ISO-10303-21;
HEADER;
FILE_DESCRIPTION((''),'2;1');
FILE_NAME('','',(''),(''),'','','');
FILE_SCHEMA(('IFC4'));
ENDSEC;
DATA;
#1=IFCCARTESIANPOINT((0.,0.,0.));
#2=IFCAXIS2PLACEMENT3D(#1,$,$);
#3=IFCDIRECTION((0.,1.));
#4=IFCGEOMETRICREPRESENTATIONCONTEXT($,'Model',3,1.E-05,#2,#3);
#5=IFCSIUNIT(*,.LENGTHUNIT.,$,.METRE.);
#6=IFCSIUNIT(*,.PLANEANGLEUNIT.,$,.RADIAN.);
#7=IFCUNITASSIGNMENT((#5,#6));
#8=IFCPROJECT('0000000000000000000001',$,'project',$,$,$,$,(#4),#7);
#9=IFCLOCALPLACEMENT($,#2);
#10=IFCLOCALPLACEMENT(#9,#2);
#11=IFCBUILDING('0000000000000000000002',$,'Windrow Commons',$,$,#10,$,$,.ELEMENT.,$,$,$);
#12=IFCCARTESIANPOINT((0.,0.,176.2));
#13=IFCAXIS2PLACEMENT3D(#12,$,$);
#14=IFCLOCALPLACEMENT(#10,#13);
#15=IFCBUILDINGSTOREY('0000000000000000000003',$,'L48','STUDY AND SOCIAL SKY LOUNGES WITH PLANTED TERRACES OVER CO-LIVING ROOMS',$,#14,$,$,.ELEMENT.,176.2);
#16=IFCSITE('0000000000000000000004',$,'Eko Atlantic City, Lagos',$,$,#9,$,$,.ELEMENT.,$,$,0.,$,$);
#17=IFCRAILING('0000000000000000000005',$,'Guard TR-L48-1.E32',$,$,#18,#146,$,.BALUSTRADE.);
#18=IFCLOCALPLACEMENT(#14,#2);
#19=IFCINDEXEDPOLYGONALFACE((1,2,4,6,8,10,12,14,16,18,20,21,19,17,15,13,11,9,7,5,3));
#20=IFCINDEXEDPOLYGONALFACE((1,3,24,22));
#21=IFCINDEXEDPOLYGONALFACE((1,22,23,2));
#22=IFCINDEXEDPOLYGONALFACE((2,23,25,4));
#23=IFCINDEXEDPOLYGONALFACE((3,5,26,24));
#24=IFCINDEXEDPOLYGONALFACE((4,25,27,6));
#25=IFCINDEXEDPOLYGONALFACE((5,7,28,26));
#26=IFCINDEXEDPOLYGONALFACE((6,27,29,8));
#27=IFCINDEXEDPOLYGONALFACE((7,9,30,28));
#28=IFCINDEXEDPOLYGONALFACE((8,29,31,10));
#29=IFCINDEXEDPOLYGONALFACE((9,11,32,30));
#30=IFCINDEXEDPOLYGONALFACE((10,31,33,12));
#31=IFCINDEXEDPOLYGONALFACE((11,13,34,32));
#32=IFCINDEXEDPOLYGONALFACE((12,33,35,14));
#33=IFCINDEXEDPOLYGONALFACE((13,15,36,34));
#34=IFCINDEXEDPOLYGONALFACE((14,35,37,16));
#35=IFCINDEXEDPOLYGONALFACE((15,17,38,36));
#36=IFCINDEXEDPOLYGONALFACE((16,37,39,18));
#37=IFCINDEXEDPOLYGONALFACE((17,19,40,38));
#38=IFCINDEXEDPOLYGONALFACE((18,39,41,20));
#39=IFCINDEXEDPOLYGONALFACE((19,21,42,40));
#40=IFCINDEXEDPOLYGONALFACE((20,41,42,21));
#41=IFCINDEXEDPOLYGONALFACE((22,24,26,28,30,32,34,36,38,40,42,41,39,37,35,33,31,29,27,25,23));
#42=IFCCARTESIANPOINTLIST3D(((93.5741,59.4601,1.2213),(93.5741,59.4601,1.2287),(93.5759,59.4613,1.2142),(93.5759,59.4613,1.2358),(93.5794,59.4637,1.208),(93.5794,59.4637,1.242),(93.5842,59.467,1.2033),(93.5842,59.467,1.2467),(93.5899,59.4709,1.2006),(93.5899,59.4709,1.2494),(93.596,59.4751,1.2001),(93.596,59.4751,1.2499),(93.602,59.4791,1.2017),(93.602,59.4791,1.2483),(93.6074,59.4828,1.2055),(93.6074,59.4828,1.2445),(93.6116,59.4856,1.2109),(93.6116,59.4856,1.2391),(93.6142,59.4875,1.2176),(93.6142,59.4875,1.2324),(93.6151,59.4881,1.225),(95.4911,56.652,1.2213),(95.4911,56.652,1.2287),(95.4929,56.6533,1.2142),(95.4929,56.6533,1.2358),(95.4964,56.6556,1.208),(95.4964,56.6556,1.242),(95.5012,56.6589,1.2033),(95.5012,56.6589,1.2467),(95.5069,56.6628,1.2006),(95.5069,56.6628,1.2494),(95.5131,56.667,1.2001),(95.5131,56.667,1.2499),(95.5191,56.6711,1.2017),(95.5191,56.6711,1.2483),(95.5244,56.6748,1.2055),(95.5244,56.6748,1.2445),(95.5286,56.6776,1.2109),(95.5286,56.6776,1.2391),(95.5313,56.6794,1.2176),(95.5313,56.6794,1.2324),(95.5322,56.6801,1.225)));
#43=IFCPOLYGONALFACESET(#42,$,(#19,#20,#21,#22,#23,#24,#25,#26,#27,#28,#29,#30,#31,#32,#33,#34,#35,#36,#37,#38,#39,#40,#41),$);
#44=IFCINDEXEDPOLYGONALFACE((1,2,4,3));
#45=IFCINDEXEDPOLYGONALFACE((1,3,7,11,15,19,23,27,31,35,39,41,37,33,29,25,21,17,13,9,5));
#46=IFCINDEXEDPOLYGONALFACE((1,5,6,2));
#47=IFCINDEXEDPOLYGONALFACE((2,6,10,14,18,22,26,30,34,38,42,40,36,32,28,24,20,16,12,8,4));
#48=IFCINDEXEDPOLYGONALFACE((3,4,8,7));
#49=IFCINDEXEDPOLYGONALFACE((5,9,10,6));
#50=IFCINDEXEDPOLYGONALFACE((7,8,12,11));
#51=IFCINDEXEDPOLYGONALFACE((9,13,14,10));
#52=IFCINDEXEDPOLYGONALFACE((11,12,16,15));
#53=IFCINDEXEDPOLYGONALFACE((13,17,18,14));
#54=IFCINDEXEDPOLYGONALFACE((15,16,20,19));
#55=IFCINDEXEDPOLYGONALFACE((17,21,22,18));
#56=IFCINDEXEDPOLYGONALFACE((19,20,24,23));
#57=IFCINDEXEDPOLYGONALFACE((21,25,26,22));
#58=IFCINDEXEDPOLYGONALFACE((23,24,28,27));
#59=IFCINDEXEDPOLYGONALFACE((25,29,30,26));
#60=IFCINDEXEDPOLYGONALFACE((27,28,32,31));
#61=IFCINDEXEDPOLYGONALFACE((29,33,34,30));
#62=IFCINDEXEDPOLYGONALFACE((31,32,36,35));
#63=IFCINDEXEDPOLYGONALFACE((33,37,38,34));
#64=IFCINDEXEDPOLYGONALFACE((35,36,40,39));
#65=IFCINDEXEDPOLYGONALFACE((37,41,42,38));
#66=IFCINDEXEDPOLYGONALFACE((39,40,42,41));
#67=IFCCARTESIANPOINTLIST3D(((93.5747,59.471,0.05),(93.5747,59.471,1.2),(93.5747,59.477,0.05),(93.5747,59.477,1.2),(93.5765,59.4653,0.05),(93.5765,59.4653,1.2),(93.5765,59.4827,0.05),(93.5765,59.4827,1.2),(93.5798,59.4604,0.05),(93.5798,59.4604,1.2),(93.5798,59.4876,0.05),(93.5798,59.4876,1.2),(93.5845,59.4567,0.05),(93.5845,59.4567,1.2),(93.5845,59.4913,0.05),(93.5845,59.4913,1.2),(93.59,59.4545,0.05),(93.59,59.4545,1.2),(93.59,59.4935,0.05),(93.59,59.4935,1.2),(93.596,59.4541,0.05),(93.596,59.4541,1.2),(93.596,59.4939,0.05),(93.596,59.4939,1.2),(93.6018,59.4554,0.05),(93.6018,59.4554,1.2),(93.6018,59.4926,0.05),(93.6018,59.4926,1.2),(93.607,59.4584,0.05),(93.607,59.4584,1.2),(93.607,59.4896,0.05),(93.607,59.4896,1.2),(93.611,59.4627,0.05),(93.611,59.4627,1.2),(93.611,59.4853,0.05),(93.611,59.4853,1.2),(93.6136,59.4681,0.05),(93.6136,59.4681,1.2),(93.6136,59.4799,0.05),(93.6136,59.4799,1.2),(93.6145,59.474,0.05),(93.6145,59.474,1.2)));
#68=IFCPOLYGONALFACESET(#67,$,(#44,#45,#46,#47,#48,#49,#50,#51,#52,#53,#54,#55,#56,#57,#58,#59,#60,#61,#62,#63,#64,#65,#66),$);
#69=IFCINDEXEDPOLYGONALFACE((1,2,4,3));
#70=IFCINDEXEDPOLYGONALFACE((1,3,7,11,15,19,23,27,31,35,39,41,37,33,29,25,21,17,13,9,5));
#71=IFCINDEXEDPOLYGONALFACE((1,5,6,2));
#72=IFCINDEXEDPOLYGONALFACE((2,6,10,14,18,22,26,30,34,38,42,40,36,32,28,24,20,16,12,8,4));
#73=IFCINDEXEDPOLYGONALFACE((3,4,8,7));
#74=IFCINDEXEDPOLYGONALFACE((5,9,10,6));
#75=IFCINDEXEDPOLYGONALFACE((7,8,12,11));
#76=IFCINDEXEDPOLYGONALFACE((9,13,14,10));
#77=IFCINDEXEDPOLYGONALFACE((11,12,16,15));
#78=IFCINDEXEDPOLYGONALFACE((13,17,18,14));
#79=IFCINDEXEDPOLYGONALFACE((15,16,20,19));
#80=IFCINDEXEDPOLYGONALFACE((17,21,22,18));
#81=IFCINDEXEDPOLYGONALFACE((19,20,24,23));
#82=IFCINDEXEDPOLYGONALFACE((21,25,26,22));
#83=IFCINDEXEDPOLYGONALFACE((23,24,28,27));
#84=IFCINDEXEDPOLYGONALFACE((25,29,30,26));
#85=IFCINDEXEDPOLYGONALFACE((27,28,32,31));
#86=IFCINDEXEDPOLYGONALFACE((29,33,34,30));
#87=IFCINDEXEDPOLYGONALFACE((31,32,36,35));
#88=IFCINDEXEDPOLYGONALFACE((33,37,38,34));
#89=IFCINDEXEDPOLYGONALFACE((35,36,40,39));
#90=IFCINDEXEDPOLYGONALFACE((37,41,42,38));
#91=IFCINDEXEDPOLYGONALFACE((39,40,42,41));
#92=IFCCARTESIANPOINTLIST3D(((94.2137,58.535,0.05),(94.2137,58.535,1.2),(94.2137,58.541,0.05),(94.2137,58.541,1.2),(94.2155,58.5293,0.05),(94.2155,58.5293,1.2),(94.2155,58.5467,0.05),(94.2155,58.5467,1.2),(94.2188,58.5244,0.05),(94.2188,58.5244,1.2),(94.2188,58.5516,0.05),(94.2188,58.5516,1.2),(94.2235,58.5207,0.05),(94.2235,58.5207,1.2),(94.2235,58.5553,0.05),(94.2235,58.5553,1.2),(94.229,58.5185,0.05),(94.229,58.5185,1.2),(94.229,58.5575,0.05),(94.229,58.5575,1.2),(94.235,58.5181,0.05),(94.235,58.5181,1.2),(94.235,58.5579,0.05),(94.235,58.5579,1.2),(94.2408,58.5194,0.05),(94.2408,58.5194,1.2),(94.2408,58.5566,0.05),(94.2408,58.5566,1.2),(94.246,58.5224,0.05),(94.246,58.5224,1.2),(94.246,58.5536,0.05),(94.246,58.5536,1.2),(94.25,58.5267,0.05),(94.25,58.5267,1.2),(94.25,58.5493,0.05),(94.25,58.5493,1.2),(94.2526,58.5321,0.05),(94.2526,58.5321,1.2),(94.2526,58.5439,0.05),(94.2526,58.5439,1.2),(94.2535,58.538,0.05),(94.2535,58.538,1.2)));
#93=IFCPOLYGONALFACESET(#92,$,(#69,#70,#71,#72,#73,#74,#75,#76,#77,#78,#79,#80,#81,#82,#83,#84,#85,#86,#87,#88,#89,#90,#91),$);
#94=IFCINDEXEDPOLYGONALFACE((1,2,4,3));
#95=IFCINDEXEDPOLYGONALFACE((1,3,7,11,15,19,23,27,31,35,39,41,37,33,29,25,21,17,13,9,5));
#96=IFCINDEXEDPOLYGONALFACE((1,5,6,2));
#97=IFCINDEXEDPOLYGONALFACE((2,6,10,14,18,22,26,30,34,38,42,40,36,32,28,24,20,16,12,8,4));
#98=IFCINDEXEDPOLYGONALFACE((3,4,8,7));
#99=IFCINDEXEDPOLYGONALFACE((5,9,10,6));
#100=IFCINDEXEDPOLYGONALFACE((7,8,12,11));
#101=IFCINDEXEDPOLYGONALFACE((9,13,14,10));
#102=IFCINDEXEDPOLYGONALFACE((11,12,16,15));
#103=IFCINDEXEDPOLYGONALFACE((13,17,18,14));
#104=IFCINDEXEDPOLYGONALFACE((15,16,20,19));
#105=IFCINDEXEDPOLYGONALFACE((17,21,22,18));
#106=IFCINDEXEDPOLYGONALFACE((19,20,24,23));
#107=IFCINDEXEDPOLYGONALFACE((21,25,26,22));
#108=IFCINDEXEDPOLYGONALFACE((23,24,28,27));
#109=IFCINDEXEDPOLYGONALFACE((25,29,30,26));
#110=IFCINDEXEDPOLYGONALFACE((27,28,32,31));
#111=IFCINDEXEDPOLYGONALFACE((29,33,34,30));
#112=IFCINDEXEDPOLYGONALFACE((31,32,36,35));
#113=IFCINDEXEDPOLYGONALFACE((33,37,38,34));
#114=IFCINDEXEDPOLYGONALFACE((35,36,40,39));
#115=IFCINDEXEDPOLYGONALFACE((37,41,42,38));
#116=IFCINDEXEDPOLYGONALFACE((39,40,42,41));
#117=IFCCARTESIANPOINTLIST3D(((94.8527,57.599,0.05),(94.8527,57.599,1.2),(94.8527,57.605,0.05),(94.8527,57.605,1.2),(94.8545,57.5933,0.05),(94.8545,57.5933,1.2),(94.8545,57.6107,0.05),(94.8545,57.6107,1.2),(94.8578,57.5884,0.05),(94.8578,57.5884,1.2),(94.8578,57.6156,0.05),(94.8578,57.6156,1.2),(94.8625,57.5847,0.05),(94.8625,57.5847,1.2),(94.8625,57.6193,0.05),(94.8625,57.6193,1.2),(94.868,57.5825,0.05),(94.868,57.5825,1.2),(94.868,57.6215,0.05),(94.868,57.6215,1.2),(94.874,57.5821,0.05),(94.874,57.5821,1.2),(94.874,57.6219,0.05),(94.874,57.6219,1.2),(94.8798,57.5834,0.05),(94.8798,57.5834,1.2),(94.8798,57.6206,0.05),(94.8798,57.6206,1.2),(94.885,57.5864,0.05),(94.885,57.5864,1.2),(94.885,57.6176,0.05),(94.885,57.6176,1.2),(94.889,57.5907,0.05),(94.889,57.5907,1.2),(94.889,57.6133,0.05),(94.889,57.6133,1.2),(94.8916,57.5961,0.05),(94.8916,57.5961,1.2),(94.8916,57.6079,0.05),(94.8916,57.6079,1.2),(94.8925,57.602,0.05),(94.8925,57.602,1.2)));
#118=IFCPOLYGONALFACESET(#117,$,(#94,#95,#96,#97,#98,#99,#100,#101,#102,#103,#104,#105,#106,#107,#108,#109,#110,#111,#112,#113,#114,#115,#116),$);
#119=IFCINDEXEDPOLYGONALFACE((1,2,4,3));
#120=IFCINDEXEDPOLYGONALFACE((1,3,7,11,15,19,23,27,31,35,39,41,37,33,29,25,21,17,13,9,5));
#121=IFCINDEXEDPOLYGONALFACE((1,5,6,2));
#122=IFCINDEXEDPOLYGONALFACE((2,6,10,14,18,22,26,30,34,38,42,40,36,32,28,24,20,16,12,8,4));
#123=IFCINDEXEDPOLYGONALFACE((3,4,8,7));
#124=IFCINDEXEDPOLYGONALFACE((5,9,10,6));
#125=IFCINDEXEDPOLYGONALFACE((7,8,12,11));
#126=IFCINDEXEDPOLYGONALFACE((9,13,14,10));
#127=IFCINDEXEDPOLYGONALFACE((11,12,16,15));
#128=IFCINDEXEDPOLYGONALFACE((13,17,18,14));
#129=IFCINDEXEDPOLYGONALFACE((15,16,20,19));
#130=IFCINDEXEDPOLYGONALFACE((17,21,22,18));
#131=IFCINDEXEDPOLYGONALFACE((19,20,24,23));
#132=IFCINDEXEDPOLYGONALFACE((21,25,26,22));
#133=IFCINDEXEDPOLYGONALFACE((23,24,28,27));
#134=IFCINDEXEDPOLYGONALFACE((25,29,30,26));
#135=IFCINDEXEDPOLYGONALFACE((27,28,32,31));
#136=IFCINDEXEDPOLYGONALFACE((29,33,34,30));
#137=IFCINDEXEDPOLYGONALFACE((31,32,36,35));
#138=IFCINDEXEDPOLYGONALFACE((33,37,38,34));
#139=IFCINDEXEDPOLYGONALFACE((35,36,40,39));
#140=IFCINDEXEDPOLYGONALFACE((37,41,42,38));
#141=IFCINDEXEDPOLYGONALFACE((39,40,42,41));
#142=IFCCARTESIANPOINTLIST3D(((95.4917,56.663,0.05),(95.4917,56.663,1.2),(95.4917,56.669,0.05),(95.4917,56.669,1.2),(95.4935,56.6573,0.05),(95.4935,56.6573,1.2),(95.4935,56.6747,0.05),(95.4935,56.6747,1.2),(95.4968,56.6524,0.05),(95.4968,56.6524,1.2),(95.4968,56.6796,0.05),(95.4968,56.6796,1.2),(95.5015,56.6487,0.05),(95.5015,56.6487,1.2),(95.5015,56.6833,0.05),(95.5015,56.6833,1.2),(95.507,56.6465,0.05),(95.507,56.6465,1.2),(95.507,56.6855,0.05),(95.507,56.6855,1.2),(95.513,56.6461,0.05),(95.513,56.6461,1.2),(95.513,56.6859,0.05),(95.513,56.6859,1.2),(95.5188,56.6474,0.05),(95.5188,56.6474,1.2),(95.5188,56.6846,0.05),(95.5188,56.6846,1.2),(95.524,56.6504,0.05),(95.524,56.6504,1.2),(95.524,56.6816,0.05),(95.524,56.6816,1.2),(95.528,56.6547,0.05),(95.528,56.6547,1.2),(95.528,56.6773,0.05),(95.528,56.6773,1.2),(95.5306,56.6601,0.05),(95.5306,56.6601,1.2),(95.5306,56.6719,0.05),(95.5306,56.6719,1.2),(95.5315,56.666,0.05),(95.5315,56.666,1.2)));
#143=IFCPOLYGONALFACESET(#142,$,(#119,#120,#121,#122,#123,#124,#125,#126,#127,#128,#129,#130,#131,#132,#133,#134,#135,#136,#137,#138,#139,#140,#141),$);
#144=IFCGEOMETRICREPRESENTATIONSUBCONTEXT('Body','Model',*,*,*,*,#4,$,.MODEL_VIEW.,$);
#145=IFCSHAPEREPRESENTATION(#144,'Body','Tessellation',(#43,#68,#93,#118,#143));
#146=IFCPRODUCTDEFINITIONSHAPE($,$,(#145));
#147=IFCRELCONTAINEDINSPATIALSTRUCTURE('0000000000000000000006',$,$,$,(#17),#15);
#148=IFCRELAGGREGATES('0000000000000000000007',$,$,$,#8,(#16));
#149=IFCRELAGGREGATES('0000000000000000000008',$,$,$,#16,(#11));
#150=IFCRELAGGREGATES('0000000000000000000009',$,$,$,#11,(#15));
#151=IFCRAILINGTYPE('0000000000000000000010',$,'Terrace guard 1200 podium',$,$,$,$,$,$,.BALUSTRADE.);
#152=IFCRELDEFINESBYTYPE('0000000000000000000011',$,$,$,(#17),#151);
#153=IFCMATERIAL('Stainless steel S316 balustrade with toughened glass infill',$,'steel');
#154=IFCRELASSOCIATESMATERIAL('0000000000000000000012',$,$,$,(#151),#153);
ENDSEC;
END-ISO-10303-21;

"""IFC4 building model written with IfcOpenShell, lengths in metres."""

from ifc_helpers import new_model, si_unit, direction, frame, origin, origin_2d, place, context, subcontext, project, spatial, circle, extrude, material, type_object, element, save


model = new_model("IFC4")

# Units and contexts
model_context = context("Model", 3, precision=1e-05, world=origin(), true_north=direction((0.0, 1.0)))
body_context = subcontext(model_context, "Body", "Model", "MODEL_VIEW")
ifc_project = project(units=[si_unit("LENGTHUNIT", "METRE"), si_unit("PLANEANGLEUNIT", "RADIAN")], contexts=[model_context])

# Site, building, storey
site_placement = place(None, origin())
site = spatial("IfcSite", under=ifc_project, at=site_placement, Name="Eko Atlantic City, Lagos", CompositionType="ELEMENT", RefElevation=0.0)
building_placement = place(site_placement, origin())
building = spatial("IfcBuilding", under=site, at=building_placement, Name="Windrow Commons", CompositionType="ELEMENT")
storey_placement = place(building_placement, frame((0.0, 0.0, 176.2)))
storey = spatial("IfcBuildingStorey", under=building, at=storey_placement, Name="L48", Description="STUDY AND SOCIAL SKY LOUNGES WITH PLANTED TERRACES OVER CO-LIVING ROOMS", CompositionType="ELEMENT", Elevation=176.2)

# Railing
ifc_material_1 = material(Name="Stainless steel S316 balustrade with toughened glass infill", Category="steel")
railing_type_1 = type_object("IfcRailingType", Name="Terrace guard 1200 podium", PredefinedType="BALUSTRADE", material=ifc_material_1)
railing_1_placement = place(storey_placement, frame((93.5945, 59.474, 0.05)))
element("IfcRailing", 1, at=railing_1_placement, inside=storey, type_object=railing_type_1, Name="Guard TR-L48-1.E32", PredefinedType="BALUSTRADE", context=body_context, shape_type="SweptSolid", body=[
    extrude(circle(Radius=0.025, at=origin_2d()), frame((0.0, 0.0, 1.175), z_axis=(0.56383, -0.825891, 0.0), x_axis=(0.825891, 0.56383, 0.0)), (0.0, 0.0, 1.0), 3.4),
    extrude(circle(Radius=0.02, at=origin_2d()), origin(), (0.0, 0.0, 1.0), 1.15),
    extrude(circle(Radius=0.02, at=origin_2d()), frame((0.639, -0.936, 0.0)), (0.0, 0.0, 1.0), 1.15),
    extrude(circle(Radius=0.02, at=origin_2d()), frame((1.278, -1.872, 0.0)), (0.0, 0.0, 1.0), 1.15),
    extrude(circle(Radius=0.02, at=origin_2d()), frame((1.917, -2.808, 0.0)), (0.0, 0.0, 1.0), 1.15),
])

save(model, "model.ifc")
